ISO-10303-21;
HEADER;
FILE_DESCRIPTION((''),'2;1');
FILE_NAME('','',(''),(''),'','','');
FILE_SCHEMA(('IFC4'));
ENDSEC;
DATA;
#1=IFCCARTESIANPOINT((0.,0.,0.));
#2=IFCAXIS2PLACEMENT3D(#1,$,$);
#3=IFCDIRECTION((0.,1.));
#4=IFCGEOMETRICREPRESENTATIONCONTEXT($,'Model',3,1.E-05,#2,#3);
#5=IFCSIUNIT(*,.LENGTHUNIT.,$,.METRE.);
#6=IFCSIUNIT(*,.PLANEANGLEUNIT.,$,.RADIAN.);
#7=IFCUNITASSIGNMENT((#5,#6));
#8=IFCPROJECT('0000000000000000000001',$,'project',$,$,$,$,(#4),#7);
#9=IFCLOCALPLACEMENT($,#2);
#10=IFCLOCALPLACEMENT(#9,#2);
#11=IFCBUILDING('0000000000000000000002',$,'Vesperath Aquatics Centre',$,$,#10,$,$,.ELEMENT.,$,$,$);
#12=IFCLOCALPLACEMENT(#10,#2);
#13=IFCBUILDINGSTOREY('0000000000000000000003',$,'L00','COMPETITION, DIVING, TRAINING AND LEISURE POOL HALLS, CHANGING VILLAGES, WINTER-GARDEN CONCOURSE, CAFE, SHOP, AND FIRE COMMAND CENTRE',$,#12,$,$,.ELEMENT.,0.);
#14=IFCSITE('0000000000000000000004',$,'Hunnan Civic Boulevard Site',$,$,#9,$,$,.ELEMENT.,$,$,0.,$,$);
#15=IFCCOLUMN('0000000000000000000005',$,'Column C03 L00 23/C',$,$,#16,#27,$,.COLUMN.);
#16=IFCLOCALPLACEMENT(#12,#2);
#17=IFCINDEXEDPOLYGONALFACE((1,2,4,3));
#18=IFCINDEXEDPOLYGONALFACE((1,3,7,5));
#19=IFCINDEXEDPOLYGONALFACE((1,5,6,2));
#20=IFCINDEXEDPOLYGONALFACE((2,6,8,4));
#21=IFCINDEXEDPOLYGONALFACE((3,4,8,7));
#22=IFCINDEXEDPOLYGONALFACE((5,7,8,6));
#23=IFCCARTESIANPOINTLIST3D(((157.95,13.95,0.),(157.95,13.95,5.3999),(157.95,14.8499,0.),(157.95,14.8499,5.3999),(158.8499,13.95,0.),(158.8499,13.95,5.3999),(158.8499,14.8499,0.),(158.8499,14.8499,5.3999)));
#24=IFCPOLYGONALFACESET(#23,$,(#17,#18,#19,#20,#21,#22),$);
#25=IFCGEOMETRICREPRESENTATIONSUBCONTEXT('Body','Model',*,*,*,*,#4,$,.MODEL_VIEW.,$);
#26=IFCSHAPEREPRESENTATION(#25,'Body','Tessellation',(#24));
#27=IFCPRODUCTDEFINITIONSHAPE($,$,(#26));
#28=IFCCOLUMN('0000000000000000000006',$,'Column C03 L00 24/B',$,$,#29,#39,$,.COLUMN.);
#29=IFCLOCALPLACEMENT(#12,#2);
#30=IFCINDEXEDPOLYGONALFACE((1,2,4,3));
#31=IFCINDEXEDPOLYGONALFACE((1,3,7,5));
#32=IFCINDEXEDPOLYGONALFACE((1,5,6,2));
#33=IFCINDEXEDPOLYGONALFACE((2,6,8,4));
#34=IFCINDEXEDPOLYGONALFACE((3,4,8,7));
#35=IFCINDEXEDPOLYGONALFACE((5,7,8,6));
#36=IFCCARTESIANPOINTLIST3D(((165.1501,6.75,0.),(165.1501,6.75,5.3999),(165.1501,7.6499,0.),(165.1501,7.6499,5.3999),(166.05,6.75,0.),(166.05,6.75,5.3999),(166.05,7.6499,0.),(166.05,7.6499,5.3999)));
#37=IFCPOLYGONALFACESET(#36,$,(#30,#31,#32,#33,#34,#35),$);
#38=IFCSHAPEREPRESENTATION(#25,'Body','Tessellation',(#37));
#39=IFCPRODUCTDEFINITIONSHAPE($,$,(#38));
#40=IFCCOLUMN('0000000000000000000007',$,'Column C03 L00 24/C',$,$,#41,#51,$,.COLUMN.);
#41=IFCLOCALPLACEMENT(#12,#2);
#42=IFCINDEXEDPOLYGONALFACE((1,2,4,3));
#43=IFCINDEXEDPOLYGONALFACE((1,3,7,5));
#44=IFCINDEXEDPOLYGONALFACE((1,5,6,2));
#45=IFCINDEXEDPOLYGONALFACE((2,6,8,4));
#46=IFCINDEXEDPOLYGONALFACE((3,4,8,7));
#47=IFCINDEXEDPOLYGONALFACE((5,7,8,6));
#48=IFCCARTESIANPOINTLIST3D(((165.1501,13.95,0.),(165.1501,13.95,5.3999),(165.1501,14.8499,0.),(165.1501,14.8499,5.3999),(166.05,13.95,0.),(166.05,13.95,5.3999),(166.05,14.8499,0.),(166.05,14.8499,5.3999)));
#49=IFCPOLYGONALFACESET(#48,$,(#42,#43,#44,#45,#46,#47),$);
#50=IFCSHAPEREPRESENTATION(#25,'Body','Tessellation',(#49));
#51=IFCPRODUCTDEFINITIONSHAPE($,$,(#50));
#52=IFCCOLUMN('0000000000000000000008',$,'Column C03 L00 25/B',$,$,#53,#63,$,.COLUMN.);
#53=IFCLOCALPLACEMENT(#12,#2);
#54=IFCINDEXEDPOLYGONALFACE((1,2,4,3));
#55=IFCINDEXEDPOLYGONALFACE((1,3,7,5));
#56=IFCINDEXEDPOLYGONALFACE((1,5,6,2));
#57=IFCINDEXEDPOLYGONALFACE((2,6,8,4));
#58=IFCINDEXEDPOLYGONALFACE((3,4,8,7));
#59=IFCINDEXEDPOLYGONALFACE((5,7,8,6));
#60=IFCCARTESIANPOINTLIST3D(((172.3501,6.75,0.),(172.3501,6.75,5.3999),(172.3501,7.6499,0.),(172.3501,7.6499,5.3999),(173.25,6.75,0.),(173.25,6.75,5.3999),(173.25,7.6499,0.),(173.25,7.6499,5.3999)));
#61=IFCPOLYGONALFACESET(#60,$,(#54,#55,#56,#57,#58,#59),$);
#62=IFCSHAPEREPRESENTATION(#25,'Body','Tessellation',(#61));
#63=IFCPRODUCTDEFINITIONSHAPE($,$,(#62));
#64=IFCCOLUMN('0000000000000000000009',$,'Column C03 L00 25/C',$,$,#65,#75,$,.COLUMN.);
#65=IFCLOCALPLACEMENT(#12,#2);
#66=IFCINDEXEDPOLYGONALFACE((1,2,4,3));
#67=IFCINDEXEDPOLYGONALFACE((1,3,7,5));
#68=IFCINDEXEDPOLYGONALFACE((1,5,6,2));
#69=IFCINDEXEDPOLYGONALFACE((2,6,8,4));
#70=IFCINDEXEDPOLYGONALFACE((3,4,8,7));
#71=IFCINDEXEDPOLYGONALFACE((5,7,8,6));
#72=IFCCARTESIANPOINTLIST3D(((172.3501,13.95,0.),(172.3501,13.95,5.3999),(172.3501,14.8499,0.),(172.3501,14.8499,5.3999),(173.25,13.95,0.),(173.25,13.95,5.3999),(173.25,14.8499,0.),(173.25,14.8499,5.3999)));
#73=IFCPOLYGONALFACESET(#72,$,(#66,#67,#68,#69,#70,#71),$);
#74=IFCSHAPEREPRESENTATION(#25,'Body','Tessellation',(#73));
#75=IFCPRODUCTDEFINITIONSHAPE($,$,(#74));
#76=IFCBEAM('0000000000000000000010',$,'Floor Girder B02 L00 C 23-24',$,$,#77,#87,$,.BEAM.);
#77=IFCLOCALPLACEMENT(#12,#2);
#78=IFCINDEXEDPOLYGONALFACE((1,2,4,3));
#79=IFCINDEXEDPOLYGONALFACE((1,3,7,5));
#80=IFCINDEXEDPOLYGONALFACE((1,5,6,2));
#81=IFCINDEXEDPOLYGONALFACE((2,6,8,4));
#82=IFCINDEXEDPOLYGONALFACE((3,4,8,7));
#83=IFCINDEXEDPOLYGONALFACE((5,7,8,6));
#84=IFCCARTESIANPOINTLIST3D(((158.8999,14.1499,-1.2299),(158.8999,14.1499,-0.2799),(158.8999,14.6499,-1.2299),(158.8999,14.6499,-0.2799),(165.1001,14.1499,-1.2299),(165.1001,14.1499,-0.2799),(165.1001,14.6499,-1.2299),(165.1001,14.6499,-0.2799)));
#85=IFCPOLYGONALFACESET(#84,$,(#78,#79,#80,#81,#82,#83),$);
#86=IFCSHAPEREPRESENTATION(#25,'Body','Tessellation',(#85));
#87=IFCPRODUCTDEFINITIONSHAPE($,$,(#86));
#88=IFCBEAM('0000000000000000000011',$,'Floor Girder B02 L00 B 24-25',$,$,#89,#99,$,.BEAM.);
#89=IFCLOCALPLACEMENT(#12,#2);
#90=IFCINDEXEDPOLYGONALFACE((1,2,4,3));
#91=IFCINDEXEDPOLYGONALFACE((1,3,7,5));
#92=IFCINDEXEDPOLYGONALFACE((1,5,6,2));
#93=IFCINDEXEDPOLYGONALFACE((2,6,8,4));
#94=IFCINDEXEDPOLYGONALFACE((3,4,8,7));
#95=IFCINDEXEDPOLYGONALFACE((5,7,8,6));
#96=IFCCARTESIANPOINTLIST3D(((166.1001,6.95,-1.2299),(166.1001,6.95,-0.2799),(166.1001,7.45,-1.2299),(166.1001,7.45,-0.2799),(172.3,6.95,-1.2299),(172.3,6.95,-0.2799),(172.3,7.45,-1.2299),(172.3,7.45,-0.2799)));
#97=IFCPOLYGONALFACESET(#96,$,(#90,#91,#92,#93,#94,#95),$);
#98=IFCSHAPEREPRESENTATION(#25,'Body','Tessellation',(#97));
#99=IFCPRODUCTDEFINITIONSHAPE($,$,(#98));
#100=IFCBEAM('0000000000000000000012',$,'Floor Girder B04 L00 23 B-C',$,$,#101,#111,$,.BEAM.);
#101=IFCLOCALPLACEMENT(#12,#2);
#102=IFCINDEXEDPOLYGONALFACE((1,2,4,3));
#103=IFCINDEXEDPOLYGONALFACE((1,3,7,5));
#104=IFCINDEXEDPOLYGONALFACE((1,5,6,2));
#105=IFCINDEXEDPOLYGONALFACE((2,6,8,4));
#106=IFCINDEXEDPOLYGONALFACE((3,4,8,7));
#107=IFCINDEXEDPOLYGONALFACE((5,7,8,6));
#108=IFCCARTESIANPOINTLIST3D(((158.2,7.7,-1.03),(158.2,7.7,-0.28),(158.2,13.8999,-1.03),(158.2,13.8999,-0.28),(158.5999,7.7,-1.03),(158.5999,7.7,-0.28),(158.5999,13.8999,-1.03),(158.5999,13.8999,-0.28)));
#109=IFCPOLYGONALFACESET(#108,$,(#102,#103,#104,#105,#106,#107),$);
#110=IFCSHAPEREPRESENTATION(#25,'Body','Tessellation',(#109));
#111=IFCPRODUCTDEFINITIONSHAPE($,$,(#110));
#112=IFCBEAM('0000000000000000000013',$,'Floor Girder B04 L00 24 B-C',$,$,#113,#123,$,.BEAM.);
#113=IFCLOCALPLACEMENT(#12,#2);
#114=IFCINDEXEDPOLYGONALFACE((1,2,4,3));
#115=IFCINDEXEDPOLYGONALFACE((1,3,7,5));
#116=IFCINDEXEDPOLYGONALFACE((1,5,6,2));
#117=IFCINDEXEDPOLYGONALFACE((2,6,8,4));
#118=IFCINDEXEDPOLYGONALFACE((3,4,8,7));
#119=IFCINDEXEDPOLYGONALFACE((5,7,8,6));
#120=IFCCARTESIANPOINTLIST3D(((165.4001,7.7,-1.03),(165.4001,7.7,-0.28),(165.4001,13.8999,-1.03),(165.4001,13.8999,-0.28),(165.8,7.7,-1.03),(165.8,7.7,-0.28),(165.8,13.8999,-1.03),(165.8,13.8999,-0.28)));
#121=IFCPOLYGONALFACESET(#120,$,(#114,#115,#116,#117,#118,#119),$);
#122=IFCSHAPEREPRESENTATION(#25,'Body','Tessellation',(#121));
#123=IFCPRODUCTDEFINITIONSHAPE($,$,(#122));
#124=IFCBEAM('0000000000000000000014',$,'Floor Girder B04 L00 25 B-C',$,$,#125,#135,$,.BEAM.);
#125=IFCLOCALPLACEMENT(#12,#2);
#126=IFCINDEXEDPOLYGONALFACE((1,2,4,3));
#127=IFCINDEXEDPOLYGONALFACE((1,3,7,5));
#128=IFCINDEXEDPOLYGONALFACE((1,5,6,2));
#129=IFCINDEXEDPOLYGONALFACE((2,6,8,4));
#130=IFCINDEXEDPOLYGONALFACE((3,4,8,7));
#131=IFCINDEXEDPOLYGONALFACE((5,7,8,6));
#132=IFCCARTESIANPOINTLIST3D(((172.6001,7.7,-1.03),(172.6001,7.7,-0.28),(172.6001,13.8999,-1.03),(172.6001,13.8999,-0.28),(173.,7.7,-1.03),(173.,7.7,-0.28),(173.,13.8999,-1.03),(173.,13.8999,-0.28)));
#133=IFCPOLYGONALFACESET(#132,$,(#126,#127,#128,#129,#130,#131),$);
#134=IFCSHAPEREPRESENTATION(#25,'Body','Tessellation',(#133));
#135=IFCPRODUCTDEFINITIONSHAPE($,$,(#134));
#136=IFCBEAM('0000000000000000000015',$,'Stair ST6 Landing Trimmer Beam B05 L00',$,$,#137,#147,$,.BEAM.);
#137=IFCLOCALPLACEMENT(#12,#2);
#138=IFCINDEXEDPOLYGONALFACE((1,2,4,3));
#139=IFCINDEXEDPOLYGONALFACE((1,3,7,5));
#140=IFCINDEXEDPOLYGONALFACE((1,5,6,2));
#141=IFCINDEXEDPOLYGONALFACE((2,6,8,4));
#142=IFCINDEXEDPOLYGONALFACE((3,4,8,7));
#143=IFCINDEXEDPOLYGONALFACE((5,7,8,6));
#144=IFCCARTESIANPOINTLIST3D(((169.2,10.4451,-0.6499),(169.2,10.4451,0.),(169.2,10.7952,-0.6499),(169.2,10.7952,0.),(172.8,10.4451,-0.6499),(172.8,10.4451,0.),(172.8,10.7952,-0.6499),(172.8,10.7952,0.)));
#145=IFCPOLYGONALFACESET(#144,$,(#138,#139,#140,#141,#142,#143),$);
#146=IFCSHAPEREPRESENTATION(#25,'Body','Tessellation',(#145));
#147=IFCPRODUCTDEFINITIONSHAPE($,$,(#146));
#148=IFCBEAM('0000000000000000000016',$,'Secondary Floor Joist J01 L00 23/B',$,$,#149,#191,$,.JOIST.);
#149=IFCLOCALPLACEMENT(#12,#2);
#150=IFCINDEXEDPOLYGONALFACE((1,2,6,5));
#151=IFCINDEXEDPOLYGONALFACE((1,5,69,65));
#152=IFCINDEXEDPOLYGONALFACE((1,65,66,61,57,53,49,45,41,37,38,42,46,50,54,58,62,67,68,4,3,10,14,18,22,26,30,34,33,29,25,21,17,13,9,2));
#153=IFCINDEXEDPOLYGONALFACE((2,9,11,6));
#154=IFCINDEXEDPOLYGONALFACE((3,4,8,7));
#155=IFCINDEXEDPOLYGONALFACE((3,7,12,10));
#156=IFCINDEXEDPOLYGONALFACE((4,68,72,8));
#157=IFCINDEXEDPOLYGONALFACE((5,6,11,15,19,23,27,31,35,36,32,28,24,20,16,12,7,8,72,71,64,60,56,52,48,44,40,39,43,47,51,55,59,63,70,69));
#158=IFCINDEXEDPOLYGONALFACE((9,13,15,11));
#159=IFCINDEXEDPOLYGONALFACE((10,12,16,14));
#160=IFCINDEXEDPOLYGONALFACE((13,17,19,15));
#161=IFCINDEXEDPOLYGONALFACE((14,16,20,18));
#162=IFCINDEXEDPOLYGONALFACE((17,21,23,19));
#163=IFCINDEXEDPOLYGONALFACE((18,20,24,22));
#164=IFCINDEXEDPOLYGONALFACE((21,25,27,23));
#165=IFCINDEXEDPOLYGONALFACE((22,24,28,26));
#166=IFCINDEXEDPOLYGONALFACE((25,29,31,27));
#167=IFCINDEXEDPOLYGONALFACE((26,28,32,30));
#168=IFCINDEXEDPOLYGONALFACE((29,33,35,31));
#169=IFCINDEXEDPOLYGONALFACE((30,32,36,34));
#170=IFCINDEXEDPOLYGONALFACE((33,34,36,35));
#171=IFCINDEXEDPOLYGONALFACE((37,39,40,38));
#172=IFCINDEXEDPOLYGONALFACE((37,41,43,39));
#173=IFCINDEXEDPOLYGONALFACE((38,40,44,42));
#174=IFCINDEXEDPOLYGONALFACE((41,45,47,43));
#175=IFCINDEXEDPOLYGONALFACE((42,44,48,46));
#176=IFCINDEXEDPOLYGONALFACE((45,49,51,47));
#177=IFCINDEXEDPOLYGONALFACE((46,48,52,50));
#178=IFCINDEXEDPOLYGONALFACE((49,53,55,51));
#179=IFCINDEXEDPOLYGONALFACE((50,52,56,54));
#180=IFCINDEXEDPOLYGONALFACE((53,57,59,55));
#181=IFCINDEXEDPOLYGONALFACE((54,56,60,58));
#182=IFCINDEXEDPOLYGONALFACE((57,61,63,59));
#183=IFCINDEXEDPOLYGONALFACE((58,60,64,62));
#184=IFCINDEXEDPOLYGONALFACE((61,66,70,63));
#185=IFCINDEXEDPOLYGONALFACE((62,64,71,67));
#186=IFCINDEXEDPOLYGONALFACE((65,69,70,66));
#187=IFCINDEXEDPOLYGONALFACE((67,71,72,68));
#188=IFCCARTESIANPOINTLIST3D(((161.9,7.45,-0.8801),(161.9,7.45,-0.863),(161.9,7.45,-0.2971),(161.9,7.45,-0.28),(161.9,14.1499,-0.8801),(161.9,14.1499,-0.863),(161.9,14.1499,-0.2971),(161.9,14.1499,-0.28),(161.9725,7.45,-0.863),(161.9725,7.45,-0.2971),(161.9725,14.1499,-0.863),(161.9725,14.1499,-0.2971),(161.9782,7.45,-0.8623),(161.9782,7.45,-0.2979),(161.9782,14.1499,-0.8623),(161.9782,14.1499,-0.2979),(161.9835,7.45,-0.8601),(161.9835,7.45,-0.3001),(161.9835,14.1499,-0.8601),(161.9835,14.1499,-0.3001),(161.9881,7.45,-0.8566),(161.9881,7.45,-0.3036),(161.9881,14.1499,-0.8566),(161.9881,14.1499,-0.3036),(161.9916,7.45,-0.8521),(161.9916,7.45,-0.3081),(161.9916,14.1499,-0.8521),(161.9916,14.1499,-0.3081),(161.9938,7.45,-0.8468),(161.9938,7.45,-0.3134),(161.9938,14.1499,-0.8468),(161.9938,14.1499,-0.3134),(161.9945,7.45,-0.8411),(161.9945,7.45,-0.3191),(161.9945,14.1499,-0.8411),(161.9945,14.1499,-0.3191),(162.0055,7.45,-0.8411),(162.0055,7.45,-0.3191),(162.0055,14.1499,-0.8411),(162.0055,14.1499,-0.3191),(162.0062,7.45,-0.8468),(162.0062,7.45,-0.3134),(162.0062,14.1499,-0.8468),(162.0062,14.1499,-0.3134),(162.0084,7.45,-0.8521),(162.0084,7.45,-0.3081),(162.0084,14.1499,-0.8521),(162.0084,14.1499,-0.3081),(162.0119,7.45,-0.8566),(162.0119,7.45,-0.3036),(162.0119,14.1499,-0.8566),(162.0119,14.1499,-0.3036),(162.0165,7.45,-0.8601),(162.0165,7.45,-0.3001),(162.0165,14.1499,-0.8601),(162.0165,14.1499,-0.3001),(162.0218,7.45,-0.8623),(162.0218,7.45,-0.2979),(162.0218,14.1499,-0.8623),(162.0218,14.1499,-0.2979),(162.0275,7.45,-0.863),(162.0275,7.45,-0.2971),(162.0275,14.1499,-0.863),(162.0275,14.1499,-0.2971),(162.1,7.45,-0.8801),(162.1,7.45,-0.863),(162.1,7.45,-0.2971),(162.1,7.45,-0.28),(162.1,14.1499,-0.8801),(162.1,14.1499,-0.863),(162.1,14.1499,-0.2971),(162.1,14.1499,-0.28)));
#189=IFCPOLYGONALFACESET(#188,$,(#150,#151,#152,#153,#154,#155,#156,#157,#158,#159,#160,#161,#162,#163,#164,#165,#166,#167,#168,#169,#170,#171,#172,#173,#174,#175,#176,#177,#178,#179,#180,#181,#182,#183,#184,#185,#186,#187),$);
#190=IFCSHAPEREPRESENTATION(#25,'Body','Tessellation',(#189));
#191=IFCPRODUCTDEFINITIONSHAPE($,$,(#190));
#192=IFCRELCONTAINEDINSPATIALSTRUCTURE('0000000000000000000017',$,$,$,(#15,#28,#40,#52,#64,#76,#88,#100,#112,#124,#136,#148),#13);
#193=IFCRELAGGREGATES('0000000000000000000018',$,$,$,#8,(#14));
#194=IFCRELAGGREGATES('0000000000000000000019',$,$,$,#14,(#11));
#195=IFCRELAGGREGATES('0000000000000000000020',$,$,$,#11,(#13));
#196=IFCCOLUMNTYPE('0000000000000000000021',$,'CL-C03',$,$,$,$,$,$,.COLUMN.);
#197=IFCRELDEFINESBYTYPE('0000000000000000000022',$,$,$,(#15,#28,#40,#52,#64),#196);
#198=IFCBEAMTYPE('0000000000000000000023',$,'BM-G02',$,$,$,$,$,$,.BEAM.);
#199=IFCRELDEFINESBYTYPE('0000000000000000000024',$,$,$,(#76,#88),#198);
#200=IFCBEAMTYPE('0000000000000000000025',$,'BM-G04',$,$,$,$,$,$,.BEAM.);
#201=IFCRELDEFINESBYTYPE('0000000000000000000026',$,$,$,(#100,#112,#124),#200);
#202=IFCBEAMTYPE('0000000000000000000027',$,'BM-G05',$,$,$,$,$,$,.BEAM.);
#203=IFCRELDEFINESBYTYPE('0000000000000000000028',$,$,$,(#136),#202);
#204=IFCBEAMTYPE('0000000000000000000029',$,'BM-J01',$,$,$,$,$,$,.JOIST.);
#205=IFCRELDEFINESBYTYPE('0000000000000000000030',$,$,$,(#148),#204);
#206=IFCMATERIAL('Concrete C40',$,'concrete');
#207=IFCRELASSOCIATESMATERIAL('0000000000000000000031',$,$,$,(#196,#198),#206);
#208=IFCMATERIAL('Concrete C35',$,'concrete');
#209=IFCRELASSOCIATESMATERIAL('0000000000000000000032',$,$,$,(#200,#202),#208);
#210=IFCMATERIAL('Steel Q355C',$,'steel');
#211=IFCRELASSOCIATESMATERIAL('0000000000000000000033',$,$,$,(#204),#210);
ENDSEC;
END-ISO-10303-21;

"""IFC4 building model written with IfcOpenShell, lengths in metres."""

from ifc_helpers import new_model, si_unit, direction, frame, origin, origin_2d, place, context, subcontext, project, spatial, rectangle, i_section, extrude, material, material_profile, profile_set, type_object, element, save


model = new_model("IFC4")

# Units and contexts
model_context = context("Model", 3, precision=1e-05, world=origin(), true_north=direction((0.0, 1.0)))
body_context = subcontext(model_context, "Body", "Model", "MODEL_VIEW")
ifc_project = project(units=[si_unit("LENGTHUNIT", "METRE"), si_unit("PLANEANGLEUNIT", "RADIAN")], contexts=[model_context])

# Site, building, storey
site_placement = place(None, origin())
site = spatial("IfcSite", under=ifc_project, at=site_placement, Name="Hunnan Civic Boulevard Site", CompositionType="ELEMENT", RefElevation=0.0)
building_placement = place(site_placement, origin())
building = spatial("IfcBuilding", under=site, at=building_placement, Name="Vesperath Aquatics Centre", CompositionType="ELEMENT")
storey_placement = place(building_placement, origin())
storey = spatial("IfcBuildingStorey", under=building, at=storey_placement, Name="L00", Description="COMPETITION, DIVING, TRAINING AND LEISURE POOL HALLS, CHANGING VILLAGES, WINTER-GARDEN CONCOURSE, CAFE, SHOP, AND FIRE COMMAND CENTRE", CompositionType="ELEMENT", Elevation=0.0)

# Columns
ifc_material_1 = material(Name="Concrete C40", Category="concrete")
ifc_material_profile_1 = material_profile(ifc_material_1, rectangle(XDim=0.8999, YDim=0.8999, at=origin_2d()), Name="RC 900x900")
ifc_profile_set_1 = profile_set([ifc_material_profile_1], Name="Concrete C40")
column_type = type_object("IfcColumnType", Name="CL-C03", PredefinedType="COLUMN", material=ifc_profile_set_1)
for number, where, z_axis, x_axis, name in (
    (1, (158.3999, 14.3999, 0.0), (0.0, 0.0, 1.0), (1.0, 0.0, 0.0), "Column C03 L00 23/C"),
    (2, (165.6001, 7.2, 0.0), (0.0, 0.0, 1.0), (1.0, 0.0, 0.0), "Column C03 L00 24/B"),
    (3, (165.6001, 14.3999, 0.0), (0.0, 0.0, 1.0), (1.0, 0.0, 0.0), "Column C03 L00 24/C"),
    (4, (172.8, 7.2, 0.0), (0.0, 0.0, 1.0), (1.0, 0.0, 0.0), "Column C03 L00 25/B"),
    (5, (172.8, 14.3999, 0.0), (0.0, 0.0, 1.0), (1.0, 0.0, 0.0), "Column C03 L00 25/C"),
):
    element("IfcColumn", number, at=place(storey_placement, frame(where, z_axis=z_axis, x_axis=x_axis)), inside=storey, type_object=column_type, Name=name, PredefinedType="COLUMN", context=body_context, shape_type="SweptSolid", body=[
        extrude(rectangle(XDim=0.8999, YDim=0.8999, at=origin_2d()), origin(), (0.0, 0.0, 1.0), 5.3999),
    ])

# Beams
ifc_material_profile_2 = material_profile(ifc_material_1, rectangle(XDim=0.5, YDim=0.95, at=origin_2d()), Name="RC 500x950")
ifc_profile_set_2 = profile_set([ifc_material_profile_2], Name="Concrete C40")
beam_type_1 = type_object("IfcBeamType", Name="BM-G02", PredefinedType="BEAM", material=ifc_profile_set_2)
beam_1_placement = place(storey_placement, frame((158.8999, 14.3999, -0.7549), z_axis=(1.0, 0.0, 0.0), x_axis=(0.0, 1.0, 0.0)))
element("IfcBeam", 6, at=beam_1_placement, inside=storey, type_object=beam_type_1, Name="Floor Girder B02 L00 C 23-24", PredefinedType="BEAM", context=body_context, shape_type="SweptSolid", body=[
    extrude(rectangle(XDim=0.5, YDim=0.95, at=origin_2d()), origin(), (0.0, 0.0, 1.0), 6.2002),
])
beam_2_placement = place(storey_placement, frame((166.1001, 7.2, -0.7549), z_axis=(1.0, 0.0, 0.0), x_axis=(0.0, 1.0, 0.0)))
element("IfcBeam", 7, at=beam_2_placement, inside=storey, type_object=beam_type_1, Name="Floor Girder B02 L00 B 24-25", PredefinedType="BEAM", context=body_context, shape_type="SweptSolid", body=[
    extrude(rectangle(XDim=0.5, YDim=0.95, at=origin_2d()), origin(), (0.0, 0.0, 1.0), 6.2),
])
ifc_material_2 = material(Name="Concrete C35", Category="concrete")
ifc_material_profile_3 = material_profile(ifc_material_2, rectangle(XDim=0.3999, YDim=0.75, at=origin_2d()), Name="RC 400x750")
ifc_profile_set_3 = profile_set([ifc_material_profile_3], Name="Concrete C35")
beam_type_2 = type_object("IfcBeamType", Name="BM-G04", PredefinedType="BEAM", material=ifc_profile_set_3)
for number, where, z_axis, x_axis, name in (
    (8, (158.3999, 7.7, -0.655), (0.0, 1.0, 0.0), (-1.0, 0.0, 0.0), "Floor Girder B04 L00 23 B-C"),
    (9, (165.6001, 7.7, -0.655), (0.0, 1.0, 0.0), (-1.0, 0.0, 0.0), "Floor Girder B04 L00 24 B-C"),
    (10, (172.8, 7.7, -0.655), (0.0, 1.0, 0.0), (-1.0, 0.0, 0.0), "Floor Girder B04 L00 25 B-C"),
):
    element("IfcBeam", number, at=place(storey_placement, frame(where, z_axis=z_axis, x_axis=x_axis)), inside=storey, type_object=beam_type_2, Name=name, PredefinedType="BEAM", context=body_context, shape_type="SweptSolid", body=[
        extrude(rectangle(XDim=0.3999, YDim=0.75, at=origin_2d()), origin(), (0.0, 0.0, 1.0), 6.2),
    ])
ifc_material_profile_4 = material_profile(ifc_material_2, rectangle(XDim=0.3501, YDim=0.6499, at=origin_2d()), Name="RC 350x650")
ifc_profile_set_4 = profile_set([ifc_material_profile_4], Name="Concrete C35")
beam_type_3 = type_object("IfcBeamType", Name="BM-G05", PredefinedType="BEAM", material=ifc_profile_set_4)
beam_3_placement = place(storey_placement, frame((169.2, 10.6201, -0.325), z_axis=(1.0, 0.0, 0.0), x_axis=(0.0, 1.0, 0.0)))
element("IfcBeam", 11, at=beam_3_placement, inside=storey, type_object=beam_type_3, Name="Stair ST6 Landing Trimmer Beam B05 L00", PredefinedType="BEAM", context=body_context, shape_type="SweptSolid", body=[
    extrude(rectangle(XDim=0.3501, YDim=0.6499, at=origin_2d()), origin(), (0.0, 0.0, 1.0), 3.6001),
])
ifc_material_3 = material(Name="Steel Q355C", Category="steel")
ifc_material_profile_5 = material_profile(ifc_material_3, i_section(OverallWidth=0.2, OverallDepth=0.6001, WebThickness=0.011, FlangeThickness=0.0171, FilletRadius=0.022, at=origin_2d()), Name="HN 600x200x11x17")
ifc_profile_set_5 = profile_set([ifc_material_profile_5], Name="Steel Q355C")
beam_type_4 = type_object("IfcBeamType", Name="BM-J01", PredefinedType="JOIST", material=ifc_profile_set_5)
beam_4_placement = place(storey_placement, frame((162.0, 7.45, -0.5801), z_axis=(0.0, 1.0, 0.0), x_axis=(-1.0, 0.0, 0.0)))
element("IfcBeam", 12, at=beam_4_placement, inside=storey, type_object=beam_type_4, Name="Secondary Floor Joist J01 L00 23/B", PredefinedType="JOIST", context=body_context, shape_type="SweptSolid", body=[
    extrude(i_section(OverallWidth=0.2, OverallDepth=0.6001, WebThickness=0.011, FlangeThickness=0.0171, FilletRadius=0.022, at=origin_2d()), origin(), (0.0, 0.0, 1.0), 6.7),
])

save(model, "model.ifc")
